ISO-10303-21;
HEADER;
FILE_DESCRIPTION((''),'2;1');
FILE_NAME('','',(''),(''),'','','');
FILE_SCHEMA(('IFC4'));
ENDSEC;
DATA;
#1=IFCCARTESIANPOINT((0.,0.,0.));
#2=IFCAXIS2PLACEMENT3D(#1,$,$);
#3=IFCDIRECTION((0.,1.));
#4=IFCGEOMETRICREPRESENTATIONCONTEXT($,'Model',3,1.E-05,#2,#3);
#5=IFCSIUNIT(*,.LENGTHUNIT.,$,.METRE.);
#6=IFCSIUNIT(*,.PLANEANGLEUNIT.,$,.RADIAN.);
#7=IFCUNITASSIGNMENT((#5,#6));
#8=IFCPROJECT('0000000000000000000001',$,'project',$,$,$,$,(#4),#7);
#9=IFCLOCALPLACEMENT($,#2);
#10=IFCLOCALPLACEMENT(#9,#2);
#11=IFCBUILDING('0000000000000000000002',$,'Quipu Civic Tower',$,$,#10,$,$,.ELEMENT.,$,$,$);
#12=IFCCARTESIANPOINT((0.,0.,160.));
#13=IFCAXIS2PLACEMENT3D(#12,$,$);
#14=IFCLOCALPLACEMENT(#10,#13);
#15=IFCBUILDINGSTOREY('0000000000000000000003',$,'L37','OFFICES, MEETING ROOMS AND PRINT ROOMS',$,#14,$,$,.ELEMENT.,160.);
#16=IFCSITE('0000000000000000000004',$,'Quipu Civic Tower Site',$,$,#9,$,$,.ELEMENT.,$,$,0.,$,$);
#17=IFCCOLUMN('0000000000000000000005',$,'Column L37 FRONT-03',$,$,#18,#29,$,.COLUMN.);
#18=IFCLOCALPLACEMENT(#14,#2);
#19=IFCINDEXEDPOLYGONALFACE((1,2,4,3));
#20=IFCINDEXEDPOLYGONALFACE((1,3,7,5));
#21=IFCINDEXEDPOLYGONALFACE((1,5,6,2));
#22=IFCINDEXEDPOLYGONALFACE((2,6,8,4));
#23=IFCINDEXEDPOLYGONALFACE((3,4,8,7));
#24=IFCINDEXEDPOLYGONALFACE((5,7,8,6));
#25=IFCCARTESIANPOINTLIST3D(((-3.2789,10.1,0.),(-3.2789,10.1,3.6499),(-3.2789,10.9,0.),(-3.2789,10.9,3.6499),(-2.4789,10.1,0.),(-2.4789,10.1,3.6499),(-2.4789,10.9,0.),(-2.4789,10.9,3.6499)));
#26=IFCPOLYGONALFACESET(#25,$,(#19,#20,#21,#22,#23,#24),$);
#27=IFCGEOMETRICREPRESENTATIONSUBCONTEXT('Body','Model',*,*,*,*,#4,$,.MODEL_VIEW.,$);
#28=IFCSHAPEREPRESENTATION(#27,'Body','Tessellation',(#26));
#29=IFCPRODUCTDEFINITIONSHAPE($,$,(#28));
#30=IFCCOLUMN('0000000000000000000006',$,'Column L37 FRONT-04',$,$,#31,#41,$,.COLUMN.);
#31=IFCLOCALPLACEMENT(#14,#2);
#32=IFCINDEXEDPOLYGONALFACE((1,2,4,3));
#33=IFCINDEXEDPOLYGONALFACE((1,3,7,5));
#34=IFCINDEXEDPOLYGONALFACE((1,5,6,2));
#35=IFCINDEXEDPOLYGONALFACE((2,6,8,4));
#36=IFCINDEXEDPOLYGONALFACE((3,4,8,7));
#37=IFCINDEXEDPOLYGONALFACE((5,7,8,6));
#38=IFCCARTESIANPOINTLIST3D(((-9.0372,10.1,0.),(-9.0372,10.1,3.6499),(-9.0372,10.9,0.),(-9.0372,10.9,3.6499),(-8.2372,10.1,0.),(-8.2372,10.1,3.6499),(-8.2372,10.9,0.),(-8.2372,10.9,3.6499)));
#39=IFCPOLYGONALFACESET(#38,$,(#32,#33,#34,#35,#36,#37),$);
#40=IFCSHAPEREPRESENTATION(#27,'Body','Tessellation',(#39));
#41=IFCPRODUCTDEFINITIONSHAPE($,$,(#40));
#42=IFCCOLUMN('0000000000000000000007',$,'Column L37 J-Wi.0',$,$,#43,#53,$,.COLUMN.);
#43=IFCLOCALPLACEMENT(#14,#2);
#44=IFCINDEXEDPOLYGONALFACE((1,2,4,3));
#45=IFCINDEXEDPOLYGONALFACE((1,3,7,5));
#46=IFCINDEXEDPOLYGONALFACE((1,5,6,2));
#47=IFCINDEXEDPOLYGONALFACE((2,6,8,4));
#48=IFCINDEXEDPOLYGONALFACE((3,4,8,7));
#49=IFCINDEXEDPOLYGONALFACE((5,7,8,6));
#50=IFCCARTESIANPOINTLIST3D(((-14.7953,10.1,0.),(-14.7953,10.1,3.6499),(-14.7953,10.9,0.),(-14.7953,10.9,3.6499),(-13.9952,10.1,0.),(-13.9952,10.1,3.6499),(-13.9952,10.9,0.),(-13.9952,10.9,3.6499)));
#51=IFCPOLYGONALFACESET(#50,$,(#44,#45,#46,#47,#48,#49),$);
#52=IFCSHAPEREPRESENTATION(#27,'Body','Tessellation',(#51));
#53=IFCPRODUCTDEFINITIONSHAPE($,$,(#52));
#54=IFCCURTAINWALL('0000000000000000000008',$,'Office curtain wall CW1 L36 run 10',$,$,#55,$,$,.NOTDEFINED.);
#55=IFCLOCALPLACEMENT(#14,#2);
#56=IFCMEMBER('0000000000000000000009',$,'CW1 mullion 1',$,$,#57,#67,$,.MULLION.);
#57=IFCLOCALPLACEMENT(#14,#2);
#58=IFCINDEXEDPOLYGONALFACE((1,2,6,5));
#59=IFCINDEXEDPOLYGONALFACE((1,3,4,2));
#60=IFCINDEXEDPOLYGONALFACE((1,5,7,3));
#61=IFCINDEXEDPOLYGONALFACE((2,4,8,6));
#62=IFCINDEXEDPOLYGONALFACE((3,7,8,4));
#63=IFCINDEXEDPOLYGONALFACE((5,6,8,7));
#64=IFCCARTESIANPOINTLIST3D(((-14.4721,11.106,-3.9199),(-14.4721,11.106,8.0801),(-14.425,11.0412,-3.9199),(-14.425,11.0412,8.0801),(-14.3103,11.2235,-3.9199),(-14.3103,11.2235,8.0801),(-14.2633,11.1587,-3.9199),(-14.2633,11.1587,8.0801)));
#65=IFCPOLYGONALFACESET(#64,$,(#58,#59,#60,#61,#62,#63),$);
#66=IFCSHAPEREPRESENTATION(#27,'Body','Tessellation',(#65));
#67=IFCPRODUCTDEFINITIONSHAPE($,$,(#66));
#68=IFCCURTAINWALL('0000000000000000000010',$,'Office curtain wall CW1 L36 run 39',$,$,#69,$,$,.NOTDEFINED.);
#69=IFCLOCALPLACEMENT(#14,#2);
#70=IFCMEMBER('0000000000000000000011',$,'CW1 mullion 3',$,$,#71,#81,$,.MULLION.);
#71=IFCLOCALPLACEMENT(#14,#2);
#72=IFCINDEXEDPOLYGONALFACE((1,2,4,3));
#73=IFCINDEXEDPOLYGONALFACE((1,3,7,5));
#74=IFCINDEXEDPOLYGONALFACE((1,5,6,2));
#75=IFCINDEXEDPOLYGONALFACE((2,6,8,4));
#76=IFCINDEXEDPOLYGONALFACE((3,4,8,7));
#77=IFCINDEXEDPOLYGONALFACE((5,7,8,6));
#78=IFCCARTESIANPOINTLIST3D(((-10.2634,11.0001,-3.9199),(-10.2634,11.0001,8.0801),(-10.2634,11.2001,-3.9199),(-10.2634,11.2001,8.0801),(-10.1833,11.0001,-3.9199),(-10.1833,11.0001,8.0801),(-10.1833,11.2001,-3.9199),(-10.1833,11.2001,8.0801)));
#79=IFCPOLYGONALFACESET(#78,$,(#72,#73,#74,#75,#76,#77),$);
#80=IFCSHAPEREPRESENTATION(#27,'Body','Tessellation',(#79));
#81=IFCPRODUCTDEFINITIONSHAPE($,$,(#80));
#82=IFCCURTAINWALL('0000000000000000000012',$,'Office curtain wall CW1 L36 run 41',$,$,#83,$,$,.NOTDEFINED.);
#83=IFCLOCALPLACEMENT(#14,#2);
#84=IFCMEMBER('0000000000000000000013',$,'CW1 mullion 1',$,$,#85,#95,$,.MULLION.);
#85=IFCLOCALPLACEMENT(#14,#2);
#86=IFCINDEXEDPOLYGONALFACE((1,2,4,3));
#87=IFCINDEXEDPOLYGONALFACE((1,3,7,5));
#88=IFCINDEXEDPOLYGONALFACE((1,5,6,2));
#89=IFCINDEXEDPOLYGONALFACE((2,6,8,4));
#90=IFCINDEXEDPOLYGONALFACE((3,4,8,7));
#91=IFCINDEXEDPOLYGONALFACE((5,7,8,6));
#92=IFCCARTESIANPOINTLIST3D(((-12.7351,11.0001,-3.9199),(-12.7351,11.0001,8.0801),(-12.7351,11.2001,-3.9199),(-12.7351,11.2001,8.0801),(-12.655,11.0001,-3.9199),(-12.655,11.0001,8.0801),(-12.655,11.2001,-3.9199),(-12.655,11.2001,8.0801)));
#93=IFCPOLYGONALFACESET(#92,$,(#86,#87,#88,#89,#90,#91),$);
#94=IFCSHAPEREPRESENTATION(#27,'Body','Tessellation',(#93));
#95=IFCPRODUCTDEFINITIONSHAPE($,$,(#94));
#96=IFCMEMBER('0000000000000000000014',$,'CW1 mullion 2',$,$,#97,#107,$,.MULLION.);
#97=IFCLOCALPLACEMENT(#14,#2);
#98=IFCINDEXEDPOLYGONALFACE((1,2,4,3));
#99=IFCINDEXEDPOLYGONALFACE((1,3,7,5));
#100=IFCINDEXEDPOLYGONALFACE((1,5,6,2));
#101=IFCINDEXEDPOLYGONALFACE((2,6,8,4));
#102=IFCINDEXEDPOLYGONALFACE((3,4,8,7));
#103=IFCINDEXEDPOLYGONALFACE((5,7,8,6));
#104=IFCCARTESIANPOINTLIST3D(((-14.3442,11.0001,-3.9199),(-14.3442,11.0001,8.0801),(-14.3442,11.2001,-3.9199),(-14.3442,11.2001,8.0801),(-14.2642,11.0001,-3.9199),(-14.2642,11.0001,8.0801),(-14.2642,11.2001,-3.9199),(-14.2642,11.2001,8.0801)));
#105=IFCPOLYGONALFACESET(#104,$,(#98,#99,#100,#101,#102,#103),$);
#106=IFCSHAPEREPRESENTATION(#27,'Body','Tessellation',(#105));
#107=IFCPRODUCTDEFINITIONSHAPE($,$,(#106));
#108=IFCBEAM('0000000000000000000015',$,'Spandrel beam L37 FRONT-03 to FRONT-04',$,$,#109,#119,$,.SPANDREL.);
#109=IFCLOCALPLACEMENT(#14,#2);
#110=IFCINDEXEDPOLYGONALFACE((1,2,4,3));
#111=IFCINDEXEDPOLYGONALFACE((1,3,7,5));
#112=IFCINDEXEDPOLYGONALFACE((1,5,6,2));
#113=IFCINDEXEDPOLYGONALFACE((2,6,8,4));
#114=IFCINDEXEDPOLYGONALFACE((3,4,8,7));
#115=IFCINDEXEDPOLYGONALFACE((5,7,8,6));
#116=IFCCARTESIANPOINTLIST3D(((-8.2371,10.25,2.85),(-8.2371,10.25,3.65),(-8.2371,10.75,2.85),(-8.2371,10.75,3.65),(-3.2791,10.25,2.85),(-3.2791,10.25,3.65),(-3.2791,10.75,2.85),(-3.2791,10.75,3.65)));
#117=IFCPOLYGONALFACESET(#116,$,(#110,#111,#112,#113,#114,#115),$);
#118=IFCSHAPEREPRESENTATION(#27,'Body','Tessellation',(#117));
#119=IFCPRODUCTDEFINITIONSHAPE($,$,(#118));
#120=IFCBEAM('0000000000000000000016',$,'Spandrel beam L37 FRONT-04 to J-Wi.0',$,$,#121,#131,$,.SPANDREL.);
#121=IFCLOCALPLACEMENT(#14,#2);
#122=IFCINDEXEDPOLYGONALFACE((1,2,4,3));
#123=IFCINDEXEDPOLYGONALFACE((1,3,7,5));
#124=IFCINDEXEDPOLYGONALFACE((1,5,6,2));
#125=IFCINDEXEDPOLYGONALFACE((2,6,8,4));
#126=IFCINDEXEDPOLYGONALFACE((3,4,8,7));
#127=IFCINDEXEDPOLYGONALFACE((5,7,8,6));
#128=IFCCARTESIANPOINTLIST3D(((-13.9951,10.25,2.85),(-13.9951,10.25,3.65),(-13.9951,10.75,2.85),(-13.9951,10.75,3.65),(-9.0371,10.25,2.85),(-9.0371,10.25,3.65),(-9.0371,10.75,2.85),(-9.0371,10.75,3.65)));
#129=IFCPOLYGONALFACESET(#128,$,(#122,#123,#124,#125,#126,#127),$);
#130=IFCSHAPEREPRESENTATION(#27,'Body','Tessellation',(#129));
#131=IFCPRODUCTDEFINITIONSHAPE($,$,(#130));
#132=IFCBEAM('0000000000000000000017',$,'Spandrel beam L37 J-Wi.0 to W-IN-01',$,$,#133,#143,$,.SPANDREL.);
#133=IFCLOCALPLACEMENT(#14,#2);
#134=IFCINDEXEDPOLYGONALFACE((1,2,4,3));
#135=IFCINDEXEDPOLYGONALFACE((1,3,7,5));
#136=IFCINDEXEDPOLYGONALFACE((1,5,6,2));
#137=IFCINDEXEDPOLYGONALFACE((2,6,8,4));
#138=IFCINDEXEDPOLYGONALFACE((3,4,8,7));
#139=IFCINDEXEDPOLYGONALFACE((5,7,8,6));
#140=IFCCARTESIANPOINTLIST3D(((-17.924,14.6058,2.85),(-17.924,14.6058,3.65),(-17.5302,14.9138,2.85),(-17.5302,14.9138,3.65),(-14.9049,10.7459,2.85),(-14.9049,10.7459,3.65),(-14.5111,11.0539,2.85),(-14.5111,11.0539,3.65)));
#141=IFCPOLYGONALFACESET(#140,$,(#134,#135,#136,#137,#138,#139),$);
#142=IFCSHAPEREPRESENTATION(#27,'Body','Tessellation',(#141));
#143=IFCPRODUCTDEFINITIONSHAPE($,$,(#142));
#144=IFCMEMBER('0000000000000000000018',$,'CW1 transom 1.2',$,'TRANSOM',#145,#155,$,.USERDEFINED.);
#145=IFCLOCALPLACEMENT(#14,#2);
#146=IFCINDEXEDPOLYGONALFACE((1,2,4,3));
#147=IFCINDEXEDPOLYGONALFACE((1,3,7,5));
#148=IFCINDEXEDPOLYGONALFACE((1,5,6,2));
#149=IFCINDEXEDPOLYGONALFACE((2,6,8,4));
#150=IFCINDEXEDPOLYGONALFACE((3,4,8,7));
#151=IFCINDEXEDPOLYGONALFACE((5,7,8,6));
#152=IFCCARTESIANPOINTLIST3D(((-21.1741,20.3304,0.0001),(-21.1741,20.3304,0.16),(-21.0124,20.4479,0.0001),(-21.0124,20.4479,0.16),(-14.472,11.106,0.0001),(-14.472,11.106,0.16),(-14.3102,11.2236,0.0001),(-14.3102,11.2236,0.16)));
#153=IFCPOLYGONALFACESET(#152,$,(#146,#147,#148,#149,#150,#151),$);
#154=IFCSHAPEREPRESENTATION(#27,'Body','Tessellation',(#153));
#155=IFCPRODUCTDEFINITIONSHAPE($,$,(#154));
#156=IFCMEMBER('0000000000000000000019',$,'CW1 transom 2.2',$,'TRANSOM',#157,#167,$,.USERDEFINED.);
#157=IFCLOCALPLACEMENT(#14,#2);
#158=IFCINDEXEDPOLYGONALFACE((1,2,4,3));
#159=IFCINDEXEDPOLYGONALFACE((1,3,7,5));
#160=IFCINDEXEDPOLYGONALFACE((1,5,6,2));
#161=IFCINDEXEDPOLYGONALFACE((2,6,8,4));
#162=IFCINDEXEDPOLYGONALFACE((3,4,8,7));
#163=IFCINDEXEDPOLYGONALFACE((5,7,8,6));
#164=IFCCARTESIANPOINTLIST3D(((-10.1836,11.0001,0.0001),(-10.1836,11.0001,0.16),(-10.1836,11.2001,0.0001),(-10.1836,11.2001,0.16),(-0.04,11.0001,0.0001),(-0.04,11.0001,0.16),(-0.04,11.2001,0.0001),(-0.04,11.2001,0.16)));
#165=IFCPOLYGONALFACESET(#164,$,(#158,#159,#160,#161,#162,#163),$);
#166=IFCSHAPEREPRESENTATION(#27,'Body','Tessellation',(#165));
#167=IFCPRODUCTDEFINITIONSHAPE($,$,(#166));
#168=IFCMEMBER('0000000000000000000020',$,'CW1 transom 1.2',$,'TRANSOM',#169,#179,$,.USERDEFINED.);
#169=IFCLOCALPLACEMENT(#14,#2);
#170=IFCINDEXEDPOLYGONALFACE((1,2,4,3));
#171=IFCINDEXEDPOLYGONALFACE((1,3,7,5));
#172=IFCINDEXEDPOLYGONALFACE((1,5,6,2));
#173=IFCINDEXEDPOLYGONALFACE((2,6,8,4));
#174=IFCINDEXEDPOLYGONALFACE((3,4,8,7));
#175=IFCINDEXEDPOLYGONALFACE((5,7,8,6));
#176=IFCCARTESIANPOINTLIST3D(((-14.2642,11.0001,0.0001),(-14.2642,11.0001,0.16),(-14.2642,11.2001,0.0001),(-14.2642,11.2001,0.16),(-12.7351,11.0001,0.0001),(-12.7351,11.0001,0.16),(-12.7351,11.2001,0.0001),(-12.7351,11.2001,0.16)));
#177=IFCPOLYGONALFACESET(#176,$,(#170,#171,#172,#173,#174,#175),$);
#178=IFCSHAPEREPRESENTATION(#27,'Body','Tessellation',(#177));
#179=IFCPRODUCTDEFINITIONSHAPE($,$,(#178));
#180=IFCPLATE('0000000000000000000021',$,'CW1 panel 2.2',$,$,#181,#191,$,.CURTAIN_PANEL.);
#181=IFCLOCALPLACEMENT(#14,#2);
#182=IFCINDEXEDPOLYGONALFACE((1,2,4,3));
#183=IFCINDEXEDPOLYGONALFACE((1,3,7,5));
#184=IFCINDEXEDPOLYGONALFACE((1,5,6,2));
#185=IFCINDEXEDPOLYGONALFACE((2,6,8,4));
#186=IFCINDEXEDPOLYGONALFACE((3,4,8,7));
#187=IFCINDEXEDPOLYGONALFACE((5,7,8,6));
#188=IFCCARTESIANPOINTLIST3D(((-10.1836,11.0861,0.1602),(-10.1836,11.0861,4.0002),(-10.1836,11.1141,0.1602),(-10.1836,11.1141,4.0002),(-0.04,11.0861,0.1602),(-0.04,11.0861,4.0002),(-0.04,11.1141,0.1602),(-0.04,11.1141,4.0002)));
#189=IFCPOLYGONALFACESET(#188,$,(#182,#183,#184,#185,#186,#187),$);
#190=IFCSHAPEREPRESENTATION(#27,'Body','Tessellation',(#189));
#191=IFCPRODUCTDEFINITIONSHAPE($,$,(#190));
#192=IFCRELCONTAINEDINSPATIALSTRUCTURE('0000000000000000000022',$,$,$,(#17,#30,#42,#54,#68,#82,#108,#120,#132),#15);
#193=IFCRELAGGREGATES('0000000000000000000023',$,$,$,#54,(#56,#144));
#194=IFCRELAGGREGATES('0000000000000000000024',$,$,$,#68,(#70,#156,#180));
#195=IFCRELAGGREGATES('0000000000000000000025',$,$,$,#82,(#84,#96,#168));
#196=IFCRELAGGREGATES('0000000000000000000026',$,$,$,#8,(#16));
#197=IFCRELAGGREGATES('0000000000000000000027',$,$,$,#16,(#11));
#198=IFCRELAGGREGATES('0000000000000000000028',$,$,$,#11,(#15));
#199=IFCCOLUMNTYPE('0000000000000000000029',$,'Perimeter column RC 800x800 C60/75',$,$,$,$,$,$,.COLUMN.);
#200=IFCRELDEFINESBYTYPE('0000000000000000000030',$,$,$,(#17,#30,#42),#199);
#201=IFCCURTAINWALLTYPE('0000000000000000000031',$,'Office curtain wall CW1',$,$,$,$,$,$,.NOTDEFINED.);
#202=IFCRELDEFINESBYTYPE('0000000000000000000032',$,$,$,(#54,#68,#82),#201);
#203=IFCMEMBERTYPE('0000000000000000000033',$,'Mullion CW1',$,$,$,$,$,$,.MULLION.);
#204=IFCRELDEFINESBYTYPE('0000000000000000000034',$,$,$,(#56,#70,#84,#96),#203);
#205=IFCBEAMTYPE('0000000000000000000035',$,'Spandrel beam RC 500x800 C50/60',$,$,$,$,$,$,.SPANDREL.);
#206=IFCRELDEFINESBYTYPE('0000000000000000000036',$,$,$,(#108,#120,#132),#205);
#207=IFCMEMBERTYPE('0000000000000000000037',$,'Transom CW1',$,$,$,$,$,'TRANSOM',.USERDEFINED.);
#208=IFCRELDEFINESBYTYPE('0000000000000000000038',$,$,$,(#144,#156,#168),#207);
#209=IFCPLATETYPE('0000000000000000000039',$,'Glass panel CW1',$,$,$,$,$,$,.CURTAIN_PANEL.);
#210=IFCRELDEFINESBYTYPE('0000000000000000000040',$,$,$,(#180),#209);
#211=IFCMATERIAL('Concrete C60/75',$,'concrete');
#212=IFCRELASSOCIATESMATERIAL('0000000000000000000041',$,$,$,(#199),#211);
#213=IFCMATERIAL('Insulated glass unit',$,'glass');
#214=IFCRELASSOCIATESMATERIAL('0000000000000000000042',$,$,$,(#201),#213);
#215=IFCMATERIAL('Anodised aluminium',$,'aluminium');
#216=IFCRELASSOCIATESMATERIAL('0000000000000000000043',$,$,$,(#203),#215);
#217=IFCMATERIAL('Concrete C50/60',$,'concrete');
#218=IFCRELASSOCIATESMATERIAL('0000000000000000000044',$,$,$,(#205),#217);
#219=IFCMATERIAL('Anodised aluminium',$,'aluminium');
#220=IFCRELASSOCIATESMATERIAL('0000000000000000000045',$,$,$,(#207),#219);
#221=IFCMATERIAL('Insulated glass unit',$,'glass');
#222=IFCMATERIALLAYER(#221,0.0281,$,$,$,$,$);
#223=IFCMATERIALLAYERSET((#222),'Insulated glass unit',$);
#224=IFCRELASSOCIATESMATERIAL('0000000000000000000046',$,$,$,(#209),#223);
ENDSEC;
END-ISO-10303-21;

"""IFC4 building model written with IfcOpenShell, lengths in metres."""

from ifc_helpers import new_model, si_unit, direction, frame, origin, origin_2d, place, context, subcontext, project, spatial, rectangle, extrude, material, layer, layer_set, material_profile, profile_set, type_object, element, aggregate, save


model = new_model("IFC4")

# Units and contexts
model_context = context("Model", 3, precision=1e-05, world=origin(), true_north=direction((0.0, 1.0)))
body_context = subcontext(model_context, "Body", "Model", "MODEL_VIEW")
ifc_project = project(units=[si_unit("LENGTHUNIT", "METRE"), si_unit("PLANEANGLEUNIT", "RADIAN")], contexts=[model_context])

# Site, building, storey
site_placement = place(None, origin())
site = spatial("IfcSite", under=ifc_project, at=site_placement, Name="Quipu Civic Tower Site", CompositionType="ELEMENT", RefElevation=0.0)
building_placement = place(site_placement, origin())
building = spatial("IfcBuilding", under=site, at=building_placement, Name="Quipu Civic Tower", CompositionType="ELEMENT")
storey_placement = place(building_placement, frame((0.0, 0.0, 160.0)))
storey = spatial("IfcBuildingStorey", under=building, at=storey_placement, Name="L37", Description="OFFICES, MEETING ROOMS AND PRINT ROOMS", CompositionType="ELEMENT", Elevation=160.0)

# Columns
ifc_material_1 = material(Name="Concrete C60/75", Category="concrete")
ifc_material_profile_1 = material_profile(ifc_material_1, rectangle(XDim=0.8, YDim=0.8, at=origin_2d()), Name="RC800x800")
ifc_profile_set_1 = profile_set([ifc_material_profile_1], Name="Concrete C60/75")
column_type = type_object("IfcColumnType", Name="Perimeter column RC 800x800 C60/75", PredefinedType="COLUMN", material=ifc_profile_set_1)
for number, where, z_axis, x_axis, name in (
    (1, (-2.8789, 10.5, 0.0), (0.0, 0.0, 1.0), (-1.0, 0.0, 0.0), "Column L37 FRONT-03"),
    (2, (-8.6372, 10.5, 0.0), (0.0, 0.0, 1.0), (-1.0, 0.0, 0.0), "Column L37 FRONT-04"),
    (3, (-14.3953, 10.5, 0.0), (0.0, 0.0, 1.0), (-1.0, 0.0, 0.0), "Column L37 J-Wi.0"),
):
    element("IfcColumn", number, at=place(storey_placement, frame(where, z_axis=z_axis, x_axis=x_axis)), inside=storey, type_object=column_type, Name=name, PredefinedType="COLUMN", context=body_context, shape_type="SweptSolid", body=[
        extrude(rectangle(XDim=0.8, YDim=0.8, at=origin_2d()), origin(), (0.0, 0.0, 1.0), 3.6499),
    ])

# Curtain walls, members
ifc_material_2 = material(Name="Insulated glass unit", Category="glass")
curtain_wall_type = type_object("IfcCurtainWallType", Name="Office curtain wall CW1", PredefinedType="NOTDEFINED", material=ifc_material_2)
curtain_wall_1_placement = place(storey_placement, origin())
curtain_wall_1 = element("IfcCurtainWall", 4, at=curtain_wall_1_placement, inside=storey, type_object=curtain_wall_type, Name="Office curtain wall CW1 L36 run 10", PredefinedType="NOTDEFINED")
ifc_material_3 = material(Name="Anodised aluminium", Category="aluminium")
ifc_material_profile_2 = material_profile(ifc_material_3, rectangle(XDim=0.2, YDim=0.0801, at=origin_2d()), Name="RECT 200x80")
ifc_profile_set_2 = profile_set([ifc_material_profile_2], Name="Anodised aluminium")
member_type_1 = type_object("IfcMemberType", Name="Mullion CW1", PredefinedType="MULLION", material=ifc_profile_set_2)
member_1_placement = place(storey_placement, frame((-14.3677, 11.1323, -3.9199), z_axis=(0.0, 0.0, 1.0), x_axis=(-0.809014, -0.587789, 0.0)))
member_1 = element("IfcMember", 5, at=member_1_placement, type_object=member_type_1, Name="CW1 mullion 1", PredefinedType="MULLION", context=body_context, shape_type="SweptSolid", body=[
    extrude(rectangle(XDim=0.2, YDim=0.0801, at=origin_2d()), origin(), (0.0, 0.0, 1.0), 12.0),
])
curtain_wall_2_placement = place(storey_placement, origin())
curtain_wall_2 = element("IfcCurtainWall", 6, at=curtain_wall_2_placement, inside=storey, type_object=curtain_wall_type, Name="Office curtain wall CW1 L36 run 39", PredefinedType="NOTDEFINED")
member_2_placement = place(storey_placement, frame((-10.2234, 11.1001, -3.9199), z_axis=(0.0, 0.0, 1.0), x_axis=(0.0, -1.0, 0.0)))
member_2 = element("IfcMember", 7, at=member_2_placement, type_object=member_type_1, Name="CW1 mullion 3", PredefinedType="MULLION", context=body_context, shape_type="SweptSolid", body=[
    extrude(rectangle(XDim=0.2, YDim=0.0801, at=origin_2d()), origin(), (0.0, 0.0, 1.0), 12.0),
])

# Curtain wall, members
curtain_wall_3_placement = place(storey_placement, origin())
curtain_wall_3 = element("IfcCurtainWall", 8, at=curtain_wall_3_placement, inside=storey, type_object=curtain_wall_type, Name="Office curtain wall CW1 L36 run 41", PredefinedType="NOTDEFINED")
member_3_placement = place(storey_placement, frame((-12.6951, 11.1001, -3.9199), z_axis=(0.0, 0.0, 1.0), x_axis=(0.0, -1.0, 0.0)))
member_3 = element("IfcMember", 9, at=member_3_placement, type_object=member_type_1, Name="CW1 mullion 1", PredefinedType="MULLION", context=body_context, shape_type="SweptSolid", body=[
    extrude(rectangle(XDim=0.2, YDim=0.0801, at=origin_2d()), origin(), (0.0, 0.0, 1.0), 12.0),
])
member_4_placement = place(storey_placement, frame((-14.3042, 11.1001, -3.9199), z_axis=(0.0, 0.0, 1.0), x_axis=(0.0, -1.0, 0.0)))
member_4 = element("IfcMember", 10, at=member_4_placement, type_object=member_type_1, Name="CW1 mullion 2", PredefinedType="MULLION", context=body_context, shape_type="SweptSolid", body=[
    extrude(rectangle(XDim=0.2, YDim=0.0801, at=origin_2d()), origin(), (0.0, 0.0, 1.0), 12.0),
])

# Beams
ifc_material_4 = material(Name="Concrete C50/60", Category="concrete")
ifc_material_profile_3 = material_profile(ifc_material_4, rectangle(XDim=0.5, YDim=0.8, at=origin_2d()), Name="RC500x800")
ifc_profile_set_3 = profile_set([ifc_material_profile_3], Name="Concrete C50/60")
beam_type = type_object("IfcBeamType", Name="Spandrel beam RC 500x800 C50/60", PredefinedType="SPANDREL", material=ifc_profile_set_3)
for number, where, z_axis, x_axis, name in (
    (11, (-3.2791, 10.5, 3.25), (-1.0, 0.0, 0.0), (0.0, -1.0, 0.0), "Spandrel beam L37 FRONT-03 to FRONT-04"),
    (12, (-9.0371, 10.5, 3.25), (-1.0, 0.0, 0.0), (0.0, -1.0, 0.0), "Spandrel beam L37 FRONT-04 to J-Wi.0"),
):
    element("IfcBeam", number, at=place(storey_placement, frame(where, z_axis=z_axis, x_axis=x_axis)), inside=storey, type_object=beam_type, Name=name, PredefinedType="SPANDREL", context=body_context, shape_type="SweptSolid", body=[
        extrude(rectangle(XDim=0.5, YDim=0.8, at=origin_2d()), origin(), (0.0, 0.0, 1.0), 4.958),
    ])
beam_placement = place(storey_placement, frame((-14.708, 10.8999, 3.25), z_axis=(-0.616091, 0.787675, 0.0), x_axis=(-0.787675, -0.616091, 0.0)))
element("IfcBeam", 13, at=beam_placement, inside=storey, type_object=beam_type, Name="Spandrel beam L37 J-Wi.0 to W-IN-01", PredefinedType="SPANDREL", context=body_context, shape_type="SweptSolid", body=[
    extrude(rectangle(XDim=0.5, YDim=0.8, at=origin_2d()), origin(), (0.0, 0.0, 1.0), 4.9004),
])

# Members
ifc_material_5 = material(Name="Anodised aluminium", Category="aluminium")
ifc_material_profile_4 = material_profile(ifc_material_5, rectangle(XDim=0.2, YDim=0.1599, at=origin_2d()), Name="RECT 200x160")
ifc_profile_set_4 = profile_set([ifc_material_profile_4], Name="Anodised aluminium")
member_type_2 = type_object("IfcMemberType", Name="Transom CW1", ElementType="TRANSOM", PredefinedType="USERDEFINED", material=ifc_profile_set_4)
member_5_placement = place(storey_placement, frame((-14.3911, 11.1648, 0.0801), z_axis=(-0.5878, 0.809006, 0.0), x_axis=(-0.809006, -0.5878, 0.0)))
member_5 = element("IfcMember", 14, at=member_5_placement, type_object=member_type_2, Name="CW1 transom 1.2", ObjectType="TRANSOM", PredefinedType="USERDEFINED", context=body_context, shape_type="SweptSolid", body=[
    extrude(rectangle(XDim=0.2, YDim=0.1599, at=origin_2d()), origin(), (0.0, 0.0, 1.0), 11.4021),
])
aggregate(curtain_wall_1, [member_1, member_5])
member_6_placement = place(storey_placement, frame((-0.04, 11.1001, 0.0801), z_axis=(-1.0, 0.0, 0.0), x_axis=(0.0, -1.0, 0.0)))
member_6 = element("IfcMember", 15, at=member_6_placement, type_object=member_type_2, Name="CW1 transom 2.2", ObjectType="TRANSOM", PredefinedType="USERDEFINED", context=body_context, shape_type="SweptSolid", body=[
    extrude(rectangle(XDim=0.2, YDim=0.1599, at=origin_2d()), origin(), (0.0, 0.0, 1.0), 10.1436),
])
member_7_placement = place(storey_placement, frame((-12.7351, 11.1001, 0.0801), z_axis=(-1.0, 0.0, 0.0), x_axis=(0.0, -1.0, 0.0)))
member_7 = element("IfcMember", 16, at=member_7_placement, type_object=member_type_2, Name="CW1 transom 1.2", ObjectType="TRANSOM", PredefinedType="USERDEFINED", context=body_context, shape_type="SweptSolid", body=[
    extrude(rectangle(XDim=0.2, YDim=0.1599, at=origin_2d()), origin(), (0.0, 0.0, 1.0), 1.5291),
])

# Plate
ifc_material_6 = material(Name="Insulated glass unit", Category="glass")
ifc_layer_1 = layer(ifc_material_6, 0.0281)
ifc_layer_set_1 = layer_set([ifc_layer_1], Name="Insulated glass unit")
plate_type_1 = type_object("IfcPlateType", Name="Glass panel CW1", PredefinedType="CURTAIN_PANEL", material=ifc_layer_set_1)
plate_1_placement = place(storey_placement, frame((-5.1118, 11.1001, 0.1602), z_axis=(0.0, 0.0, 1.0), x_axis=(-1.0, 0.0, 0.0)))
plate_1 = element("IfcPlate", 17, at=plate_1_placement, type_object=plate_type_1, Name="CW1 panel 2.2", PredefinedType="CURTAIN_PANEL", context=body_context, shape_type="SweptSolid", body=[
    extrude(rectangle(XDim=10.1436, YDim=0.0281, at=origin_2d()), origin(), (0.0, 0.0, 1.0), 3.8401),
])
aggregate(curtain_wall_2, [member_2, member_6, plate_1])
aggregate(curtain_wall_3, [member_3, member_4, member_7])

save(model, "model.ifc")
